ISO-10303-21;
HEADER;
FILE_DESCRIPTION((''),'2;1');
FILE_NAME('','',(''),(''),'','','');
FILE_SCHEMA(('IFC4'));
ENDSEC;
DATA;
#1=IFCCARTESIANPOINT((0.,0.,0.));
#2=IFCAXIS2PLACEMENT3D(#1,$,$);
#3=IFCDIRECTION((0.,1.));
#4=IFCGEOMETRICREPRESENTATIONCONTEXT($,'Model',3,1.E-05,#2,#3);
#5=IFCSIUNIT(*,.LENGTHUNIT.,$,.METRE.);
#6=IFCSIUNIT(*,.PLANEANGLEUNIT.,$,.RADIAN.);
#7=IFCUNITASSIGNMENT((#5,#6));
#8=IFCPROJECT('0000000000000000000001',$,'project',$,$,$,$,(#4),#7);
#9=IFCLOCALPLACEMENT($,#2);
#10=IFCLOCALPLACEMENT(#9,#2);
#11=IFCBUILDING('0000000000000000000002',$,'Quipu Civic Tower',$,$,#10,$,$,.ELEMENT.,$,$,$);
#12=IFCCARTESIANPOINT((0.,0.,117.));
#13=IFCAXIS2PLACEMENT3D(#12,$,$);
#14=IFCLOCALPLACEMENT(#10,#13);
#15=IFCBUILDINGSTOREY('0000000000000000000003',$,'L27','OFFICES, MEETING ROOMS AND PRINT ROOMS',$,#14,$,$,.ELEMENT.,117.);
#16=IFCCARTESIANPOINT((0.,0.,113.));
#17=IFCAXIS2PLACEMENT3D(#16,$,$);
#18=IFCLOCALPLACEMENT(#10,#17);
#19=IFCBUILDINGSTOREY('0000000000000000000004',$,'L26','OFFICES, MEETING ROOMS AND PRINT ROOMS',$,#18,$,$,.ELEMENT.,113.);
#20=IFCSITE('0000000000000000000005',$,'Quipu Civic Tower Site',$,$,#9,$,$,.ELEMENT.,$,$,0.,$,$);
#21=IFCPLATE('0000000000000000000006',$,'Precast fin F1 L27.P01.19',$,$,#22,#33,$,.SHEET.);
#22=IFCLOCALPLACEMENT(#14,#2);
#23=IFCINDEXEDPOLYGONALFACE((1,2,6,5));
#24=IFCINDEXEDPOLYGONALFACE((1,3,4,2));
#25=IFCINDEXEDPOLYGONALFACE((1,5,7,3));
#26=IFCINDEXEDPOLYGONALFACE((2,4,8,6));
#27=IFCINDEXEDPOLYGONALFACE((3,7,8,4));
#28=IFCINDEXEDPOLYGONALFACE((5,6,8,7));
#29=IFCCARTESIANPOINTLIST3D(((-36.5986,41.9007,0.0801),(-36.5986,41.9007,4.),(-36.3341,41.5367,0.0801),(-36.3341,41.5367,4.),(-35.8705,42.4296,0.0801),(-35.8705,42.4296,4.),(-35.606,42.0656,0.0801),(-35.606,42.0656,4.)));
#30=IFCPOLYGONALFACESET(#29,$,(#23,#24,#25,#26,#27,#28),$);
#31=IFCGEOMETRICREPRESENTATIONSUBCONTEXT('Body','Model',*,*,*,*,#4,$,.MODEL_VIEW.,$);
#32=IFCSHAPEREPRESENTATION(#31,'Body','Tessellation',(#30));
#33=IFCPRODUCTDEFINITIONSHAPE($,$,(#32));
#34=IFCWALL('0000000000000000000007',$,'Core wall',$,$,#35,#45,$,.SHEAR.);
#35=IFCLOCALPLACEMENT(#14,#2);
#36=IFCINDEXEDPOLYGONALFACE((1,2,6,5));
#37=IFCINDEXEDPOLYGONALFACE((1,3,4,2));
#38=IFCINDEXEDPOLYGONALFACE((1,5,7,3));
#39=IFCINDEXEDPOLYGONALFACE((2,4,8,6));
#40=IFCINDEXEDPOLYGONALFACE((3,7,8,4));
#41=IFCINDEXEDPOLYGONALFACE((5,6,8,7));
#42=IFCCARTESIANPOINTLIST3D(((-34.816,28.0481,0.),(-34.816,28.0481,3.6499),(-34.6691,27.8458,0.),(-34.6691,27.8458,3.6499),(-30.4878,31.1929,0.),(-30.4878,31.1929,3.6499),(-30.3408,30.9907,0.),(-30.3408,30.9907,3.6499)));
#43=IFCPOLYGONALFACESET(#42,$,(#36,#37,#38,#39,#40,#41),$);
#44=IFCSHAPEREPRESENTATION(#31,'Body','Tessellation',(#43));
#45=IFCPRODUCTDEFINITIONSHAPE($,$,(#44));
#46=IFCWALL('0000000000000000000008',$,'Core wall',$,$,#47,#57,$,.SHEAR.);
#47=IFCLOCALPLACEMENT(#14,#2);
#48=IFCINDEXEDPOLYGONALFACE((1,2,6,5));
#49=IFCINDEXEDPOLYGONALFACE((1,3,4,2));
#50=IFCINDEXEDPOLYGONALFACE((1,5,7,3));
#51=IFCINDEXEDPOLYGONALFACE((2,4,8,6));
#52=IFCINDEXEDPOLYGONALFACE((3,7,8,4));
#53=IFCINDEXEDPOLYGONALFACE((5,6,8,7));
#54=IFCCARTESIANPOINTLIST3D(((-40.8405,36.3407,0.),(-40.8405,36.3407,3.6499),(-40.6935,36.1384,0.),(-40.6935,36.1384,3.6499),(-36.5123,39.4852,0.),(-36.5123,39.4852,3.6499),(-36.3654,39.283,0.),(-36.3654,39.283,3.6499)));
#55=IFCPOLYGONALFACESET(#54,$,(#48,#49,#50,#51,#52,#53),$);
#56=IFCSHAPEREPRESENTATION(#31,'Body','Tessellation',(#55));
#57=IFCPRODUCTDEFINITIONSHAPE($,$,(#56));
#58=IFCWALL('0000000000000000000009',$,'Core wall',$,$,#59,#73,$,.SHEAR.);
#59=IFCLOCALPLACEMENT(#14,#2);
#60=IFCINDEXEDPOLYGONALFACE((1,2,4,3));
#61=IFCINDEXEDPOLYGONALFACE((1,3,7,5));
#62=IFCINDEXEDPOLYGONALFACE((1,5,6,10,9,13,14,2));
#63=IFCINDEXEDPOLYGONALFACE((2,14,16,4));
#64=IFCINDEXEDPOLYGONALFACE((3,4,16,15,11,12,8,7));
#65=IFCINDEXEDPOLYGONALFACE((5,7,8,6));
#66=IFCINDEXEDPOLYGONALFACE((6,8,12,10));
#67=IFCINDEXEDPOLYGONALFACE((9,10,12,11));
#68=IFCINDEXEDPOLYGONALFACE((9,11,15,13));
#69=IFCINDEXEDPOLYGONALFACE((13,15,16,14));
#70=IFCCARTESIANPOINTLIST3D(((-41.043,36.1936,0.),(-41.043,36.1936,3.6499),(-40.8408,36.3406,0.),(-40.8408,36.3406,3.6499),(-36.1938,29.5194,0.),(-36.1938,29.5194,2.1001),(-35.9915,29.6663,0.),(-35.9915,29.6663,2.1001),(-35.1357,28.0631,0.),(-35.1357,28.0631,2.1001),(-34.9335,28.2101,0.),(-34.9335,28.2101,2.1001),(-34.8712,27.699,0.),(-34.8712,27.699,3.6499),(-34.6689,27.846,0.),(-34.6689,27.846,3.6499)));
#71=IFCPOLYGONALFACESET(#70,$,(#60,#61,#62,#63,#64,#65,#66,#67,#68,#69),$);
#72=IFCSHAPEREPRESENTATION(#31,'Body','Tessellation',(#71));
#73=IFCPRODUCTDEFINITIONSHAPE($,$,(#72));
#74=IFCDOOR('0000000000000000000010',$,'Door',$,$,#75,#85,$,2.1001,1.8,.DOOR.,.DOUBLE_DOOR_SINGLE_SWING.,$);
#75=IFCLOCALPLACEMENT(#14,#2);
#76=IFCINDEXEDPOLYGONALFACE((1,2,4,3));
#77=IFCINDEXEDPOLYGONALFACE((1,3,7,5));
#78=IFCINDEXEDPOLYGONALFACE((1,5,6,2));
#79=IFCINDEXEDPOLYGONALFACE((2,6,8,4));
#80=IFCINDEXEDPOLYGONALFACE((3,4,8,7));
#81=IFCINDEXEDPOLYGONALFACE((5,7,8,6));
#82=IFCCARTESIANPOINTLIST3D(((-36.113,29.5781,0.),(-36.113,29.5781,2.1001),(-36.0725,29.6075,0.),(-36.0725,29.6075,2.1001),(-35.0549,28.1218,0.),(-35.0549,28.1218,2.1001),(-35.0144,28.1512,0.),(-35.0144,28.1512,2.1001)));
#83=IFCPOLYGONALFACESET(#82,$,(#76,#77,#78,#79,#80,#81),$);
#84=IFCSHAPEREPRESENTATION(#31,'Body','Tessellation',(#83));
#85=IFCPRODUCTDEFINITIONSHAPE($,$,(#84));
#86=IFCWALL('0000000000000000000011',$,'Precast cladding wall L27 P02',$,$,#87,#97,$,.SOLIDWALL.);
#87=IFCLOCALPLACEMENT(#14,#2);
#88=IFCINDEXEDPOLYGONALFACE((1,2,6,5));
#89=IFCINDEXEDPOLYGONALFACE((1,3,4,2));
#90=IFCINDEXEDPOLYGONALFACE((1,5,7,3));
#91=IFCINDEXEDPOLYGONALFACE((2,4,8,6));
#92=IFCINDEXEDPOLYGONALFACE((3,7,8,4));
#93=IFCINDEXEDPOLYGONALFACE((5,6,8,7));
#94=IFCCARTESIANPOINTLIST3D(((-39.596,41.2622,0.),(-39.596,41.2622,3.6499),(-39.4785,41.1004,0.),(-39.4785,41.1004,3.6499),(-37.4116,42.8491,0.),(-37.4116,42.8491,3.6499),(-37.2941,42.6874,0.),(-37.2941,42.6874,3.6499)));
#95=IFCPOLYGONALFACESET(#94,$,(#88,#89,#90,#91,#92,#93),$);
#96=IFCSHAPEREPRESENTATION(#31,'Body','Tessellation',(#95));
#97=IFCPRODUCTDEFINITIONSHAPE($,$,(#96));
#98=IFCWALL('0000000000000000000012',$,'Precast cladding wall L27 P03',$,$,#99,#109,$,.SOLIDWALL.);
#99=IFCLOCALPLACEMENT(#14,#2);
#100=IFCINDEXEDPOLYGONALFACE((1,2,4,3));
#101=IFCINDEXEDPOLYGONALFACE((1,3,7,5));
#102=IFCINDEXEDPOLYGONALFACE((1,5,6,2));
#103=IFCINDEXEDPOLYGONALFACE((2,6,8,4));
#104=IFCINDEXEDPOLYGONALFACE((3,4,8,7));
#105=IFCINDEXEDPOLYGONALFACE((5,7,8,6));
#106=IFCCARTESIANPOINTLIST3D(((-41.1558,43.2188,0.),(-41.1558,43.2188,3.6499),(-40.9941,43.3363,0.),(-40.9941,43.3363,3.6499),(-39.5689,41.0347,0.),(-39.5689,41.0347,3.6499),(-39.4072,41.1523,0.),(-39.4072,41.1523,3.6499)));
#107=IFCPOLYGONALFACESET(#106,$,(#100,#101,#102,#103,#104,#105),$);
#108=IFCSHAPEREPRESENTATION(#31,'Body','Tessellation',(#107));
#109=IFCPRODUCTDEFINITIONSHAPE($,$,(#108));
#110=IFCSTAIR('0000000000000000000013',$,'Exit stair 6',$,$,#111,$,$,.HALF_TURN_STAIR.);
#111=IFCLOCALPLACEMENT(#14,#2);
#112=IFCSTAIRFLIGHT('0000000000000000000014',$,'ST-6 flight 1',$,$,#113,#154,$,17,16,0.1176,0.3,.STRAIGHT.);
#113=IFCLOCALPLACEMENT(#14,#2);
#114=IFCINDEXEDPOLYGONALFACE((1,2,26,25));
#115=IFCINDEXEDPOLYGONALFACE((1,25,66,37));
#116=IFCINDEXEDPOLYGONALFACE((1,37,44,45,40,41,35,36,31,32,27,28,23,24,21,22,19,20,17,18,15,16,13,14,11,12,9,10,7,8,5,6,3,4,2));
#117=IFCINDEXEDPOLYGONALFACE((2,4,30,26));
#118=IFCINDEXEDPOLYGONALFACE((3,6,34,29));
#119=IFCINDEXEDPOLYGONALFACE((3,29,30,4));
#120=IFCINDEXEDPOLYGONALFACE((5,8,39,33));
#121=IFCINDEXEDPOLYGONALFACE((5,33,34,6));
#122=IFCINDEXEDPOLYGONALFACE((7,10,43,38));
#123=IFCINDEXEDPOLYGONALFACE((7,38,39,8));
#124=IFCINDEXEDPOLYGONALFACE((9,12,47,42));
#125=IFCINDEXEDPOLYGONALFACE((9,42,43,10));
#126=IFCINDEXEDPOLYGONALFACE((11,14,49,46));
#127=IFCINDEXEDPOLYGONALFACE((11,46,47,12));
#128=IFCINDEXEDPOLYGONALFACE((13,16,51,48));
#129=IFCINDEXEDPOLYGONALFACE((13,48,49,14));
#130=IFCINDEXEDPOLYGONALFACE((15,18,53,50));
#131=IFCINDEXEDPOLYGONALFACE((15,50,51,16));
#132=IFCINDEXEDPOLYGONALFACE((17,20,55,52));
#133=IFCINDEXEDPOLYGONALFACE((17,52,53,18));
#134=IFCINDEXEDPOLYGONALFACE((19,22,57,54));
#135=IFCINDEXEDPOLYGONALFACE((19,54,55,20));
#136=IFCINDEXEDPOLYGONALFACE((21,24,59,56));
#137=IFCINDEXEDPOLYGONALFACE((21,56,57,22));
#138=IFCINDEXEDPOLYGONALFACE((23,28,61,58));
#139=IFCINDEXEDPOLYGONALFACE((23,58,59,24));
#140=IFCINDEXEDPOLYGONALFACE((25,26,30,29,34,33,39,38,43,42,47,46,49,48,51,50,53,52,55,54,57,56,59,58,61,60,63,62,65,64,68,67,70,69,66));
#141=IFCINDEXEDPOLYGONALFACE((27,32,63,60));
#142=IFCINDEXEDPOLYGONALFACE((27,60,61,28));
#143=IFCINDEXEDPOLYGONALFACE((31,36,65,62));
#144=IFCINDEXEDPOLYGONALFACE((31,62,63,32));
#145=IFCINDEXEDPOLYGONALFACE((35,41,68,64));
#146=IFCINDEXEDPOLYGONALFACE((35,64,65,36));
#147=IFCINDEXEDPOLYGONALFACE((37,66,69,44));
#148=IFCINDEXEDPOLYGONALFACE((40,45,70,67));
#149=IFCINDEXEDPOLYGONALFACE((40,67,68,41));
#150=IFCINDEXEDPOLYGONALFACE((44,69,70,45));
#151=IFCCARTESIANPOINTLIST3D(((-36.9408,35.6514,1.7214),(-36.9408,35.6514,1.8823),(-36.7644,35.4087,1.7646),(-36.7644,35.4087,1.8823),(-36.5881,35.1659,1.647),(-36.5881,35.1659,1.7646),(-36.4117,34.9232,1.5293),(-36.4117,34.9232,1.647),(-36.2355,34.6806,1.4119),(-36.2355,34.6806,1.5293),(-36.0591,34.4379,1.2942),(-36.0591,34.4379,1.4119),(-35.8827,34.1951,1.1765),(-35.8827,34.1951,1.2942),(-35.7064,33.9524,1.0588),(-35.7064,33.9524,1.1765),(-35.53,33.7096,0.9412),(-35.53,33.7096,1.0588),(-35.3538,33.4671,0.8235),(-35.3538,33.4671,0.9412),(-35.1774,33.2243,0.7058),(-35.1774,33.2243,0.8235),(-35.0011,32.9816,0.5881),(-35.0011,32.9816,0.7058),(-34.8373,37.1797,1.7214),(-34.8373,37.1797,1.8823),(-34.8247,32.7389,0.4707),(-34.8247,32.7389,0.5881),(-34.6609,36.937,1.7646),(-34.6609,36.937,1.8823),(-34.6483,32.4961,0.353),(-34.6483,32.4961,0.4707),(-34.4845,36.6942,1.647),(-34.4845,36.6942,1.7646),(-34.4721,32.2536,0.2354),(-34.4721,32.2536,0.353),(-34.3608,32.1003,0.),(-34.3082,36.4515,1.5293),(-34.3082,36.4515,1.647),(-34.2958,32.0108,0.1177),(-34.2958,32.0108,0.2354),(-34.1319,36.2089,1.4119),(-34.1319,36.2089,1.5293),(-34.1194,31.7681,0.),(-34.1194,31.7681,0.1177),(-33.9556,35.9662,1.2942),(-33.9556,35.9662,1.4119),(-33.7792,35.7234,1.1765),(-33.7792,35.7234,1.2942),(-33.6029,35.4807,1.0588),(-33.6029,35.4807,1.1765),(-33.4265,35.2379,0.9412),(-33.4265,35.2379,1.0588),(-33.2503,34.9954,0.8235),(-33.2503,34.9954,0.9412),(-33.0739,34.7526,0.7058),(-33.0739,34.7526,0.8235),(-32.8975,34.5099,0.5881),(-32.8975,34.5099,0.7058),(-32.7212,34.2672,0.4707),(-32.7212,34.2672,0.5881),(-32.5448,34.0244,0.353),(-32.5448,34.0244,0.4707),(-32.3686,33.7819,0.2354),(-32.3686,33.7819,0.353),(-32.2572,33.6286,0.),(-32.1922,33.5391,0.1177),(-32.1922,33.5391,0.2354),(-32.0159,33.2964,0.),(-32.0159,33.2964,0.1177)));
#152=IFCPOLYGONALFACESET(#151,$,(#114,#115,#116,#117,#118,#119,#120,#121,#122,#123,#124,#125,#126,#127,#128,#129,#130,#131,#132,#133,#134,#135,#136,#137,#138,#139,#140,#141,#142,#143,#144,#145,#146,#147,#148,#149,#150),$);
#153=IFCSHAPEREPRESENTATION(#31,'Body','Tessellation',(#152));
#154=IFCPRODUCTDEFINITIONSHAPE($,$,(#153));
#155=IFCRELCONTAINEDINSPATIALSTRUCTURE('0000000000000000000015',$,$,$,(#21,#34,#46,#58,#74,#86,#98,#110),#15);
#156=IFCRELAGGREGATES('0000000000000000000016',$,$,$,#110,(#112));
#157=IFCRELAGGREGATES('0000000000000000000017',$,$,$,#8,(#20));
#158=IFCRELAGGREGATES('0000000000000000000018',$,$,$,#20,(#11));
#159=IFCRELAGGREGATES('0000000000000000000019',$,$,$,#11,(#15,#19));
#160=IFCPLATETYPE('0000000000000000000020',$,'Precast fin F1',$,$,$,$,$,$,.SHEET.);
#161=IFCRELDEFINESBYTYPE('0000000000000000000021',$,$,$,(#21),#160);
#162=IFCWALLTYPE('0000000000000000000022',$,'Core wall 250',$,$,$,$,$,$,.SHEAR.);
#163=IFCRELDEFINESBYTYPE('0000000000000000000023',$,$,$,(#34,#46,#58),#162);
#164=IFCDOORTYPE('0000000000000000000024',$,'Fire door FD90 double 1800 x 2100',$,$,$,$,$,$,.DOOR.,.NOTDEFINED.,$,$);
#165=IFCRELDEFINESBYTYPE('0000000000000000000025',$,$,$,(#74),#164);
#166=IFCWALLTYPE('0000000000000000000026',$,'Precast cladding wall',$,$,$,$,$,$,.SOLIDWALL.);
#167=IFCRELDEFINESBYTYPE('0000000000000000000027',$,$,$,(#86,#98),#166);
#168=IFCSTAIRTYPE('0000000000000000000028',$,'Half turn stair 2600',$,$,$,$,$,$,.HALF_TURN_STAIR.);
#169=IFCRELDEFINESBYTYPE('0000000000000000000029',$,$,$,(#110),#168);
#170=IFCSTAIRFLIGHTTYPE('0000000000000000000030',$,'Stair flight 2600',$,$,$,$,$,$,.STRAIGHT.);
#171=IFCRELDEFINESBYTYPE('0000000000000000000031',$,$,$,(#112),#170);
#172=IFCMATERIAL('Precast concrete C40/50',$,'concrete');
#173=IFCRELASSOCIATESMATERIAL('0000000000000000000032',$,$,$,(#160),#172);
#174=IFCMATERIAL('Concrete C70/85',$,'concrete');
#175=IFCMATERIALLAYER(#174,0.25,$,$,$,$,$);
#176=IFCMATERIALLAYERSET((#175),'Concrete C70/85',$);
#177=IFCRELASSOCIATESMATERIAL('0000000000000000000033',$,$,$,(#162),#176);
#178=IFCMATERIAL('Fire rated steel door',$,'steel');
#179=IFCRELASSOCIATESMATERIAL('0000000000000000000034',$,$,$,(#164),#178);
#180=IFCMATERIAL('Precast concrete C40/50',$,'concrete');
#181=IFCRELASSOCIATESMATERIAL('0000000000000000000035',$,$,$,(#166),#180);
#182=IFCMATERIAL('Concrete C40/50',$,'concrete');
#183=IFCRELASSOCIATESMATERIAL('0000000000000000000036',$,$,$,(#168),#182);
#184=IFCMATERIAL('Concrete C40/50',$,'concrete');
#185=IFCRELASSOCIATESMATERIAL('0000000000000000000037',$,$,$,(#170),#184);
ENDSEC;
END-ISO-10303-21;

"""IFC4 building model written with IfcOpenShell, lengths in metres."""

from ifc_helpers import new_model, si_unit, direction, frame, frame_2d, origin, origin_2d, place, context, subcontext, project, spatial, polyline, rectangle, outline, extrude, material, layer, layer_set, type_object, element, fill, aggregate, save


model = new_model("IFC4")

# Units and contexts
model_context = context("Model", 3, precision=1e-05, world=origin(), true_north=direction((0.0, 1.0)))
body_context = subcontext(model_context, "Body", "Model", "MODEL_VIEW")
ifc_project = project(units=[si_unit("LENGTHUNIT", "METRE"), si_unit("PLANEANGLEUNIT", "RADIAN")], contexts=[model_context])

# Site, building, storey
site_placement = place(None, origin())
site = spatial("IfcSite", under=ifc_project, at=site_placement, Name="Quipu Civic Tower Site", CompositionType="ELEMENT", RefElevation=0.0)
building_placement = place(site_placement, origin())
building = spatial("IfcBuilding", under=site, at=building_placement, Name="Quipu Civic Tower", CompositionType="ELEMENT")
storey_1_placement = place(building_placement, frame((0.0, 0.0, 117.0)))
storey_1 = spatial("IfcBuildingStorey", under=building, at=storey_1_placement, Name="L27", Description="OFFICES, MEETING ROOMS AND PRINT ROOMS", CompositionType="ELEMENT", Elevation=117.0)

# Shared definitions
storey_2_placement = place(building_placement, frame((0.0, 0.0, 113.0)))
storey_2 = spatial("IfcBuildingStorey", under=building, at=storey_2_placement, Name="L26", Description="OFFICES, MEETING ROOMS AND PRINT ROOMS", CompositionType="ELEMENT", Elevation=113.0)

# Plate
ifc_material_1 = material(Name="Precast concrete C40/50", Category="concrete")
plate_type_1 = type_object("IfcPlateType", Name="Precast fin F1", PredefinedType="SHEET", material=ifc_material_1)
for number, where, z_axis, x_axis, name in (
    (1, (-36.1023, 41.9832, 0.0801), (0.0, 0.0, 1.0), (-0.587785, 0.809017, 0.0), "Precast fin F1 L27.P01.19"),
):
    element("IfcPlate", number, at=place(storey_1_placement, frame(where, z_axis=z_axis, x_axis=x_axis)), inside=storey_1, type_object=plate_type_1, Name=name, PredefinedType="SHEET", context=body_context, shape_type="SweptSolid", body=[
        extrude(rectangle(XDim=0.45, YDim=0.8999, at=origin_2d()), origin(), (0.0, 0.0, 1.0), 3.9199),
    ])

# Walls
ifc_material_2 = material(Name="Concrete C70/85", Category="concrete")
ifc_layer_1 = layer(ifc_material_2, 0.25)
ifc_layer_set_1 = layer_set([ifc_layer_1], Name="Concrete C70/85")
wall_type_1 = type_object("IfcWallType", Name="Core wall 250", PredefinedType="SHEAR", material=ifc_layer_set_1)
wall_1_placement = place(storey_1_placement, frame((-30.4143, 31.0918, 0.0), z_axis=(0.0, 0.0, 1.0), x_axis=(-0.808998, -0.587811, 0.0)))
element("IfcWall", 2, at=wall_1_placement, inside=storey_1, type_object=wall_type_1, Name="Core wall", PredefinedType="SHEAR", context=body_context, shape_type="SweptSolid", body=[
    extrude(rectangle(XDim=5.3501, YDim=0.25, at=frame_2d((2.675, 0.0))), origin(), (0.0, 0.0, 1.0), 3.6499),
])
wall_2_placement = place(storey_1_placement, frame((-36.439, 39.384, 0.0), z_axis=(0.0, 0.0, 1.0), x_axis=(-0.80902, -0.587781, 0.0)))
element("IfcWall", 3, at=wall_2_placement, inside=storey_1, type_object=wall_type_1, Name="Core wall", PredefinedType="SHEAR", context=body_context, shape_type="SweptSolid", body=[
    extrude(rectangle(XDim=5.3499, YDim=0.25, at=frame_2d((2.6748, 0.0))), origin(), (0.0, 0.0, 1.0), 3.6499),
])

# Wall, opening, door
wall_3_placement = place(storey_1_placement, frame((-40.9419, 36.2671, 0.0), z_axis=(0.0, 0.0, 1.0), x_axis=(0.587796, -0.809009, 0.0)))
wall_3 = element("IfcWall", 4, at=wall_3_placement, inside=storey_1, type_object=wall_type_1, Name="Core wall", PredefinedType="SHEAR", context=body_context, shape_type="SweptSolid", body=[
    extrude(rectangle(XDim=10.5, YDim=0.25, at=frame_2d((5.25, 0.0))), origin(), (0.0, 0.0, 1.0), 3.6499),
])
opening_placement = place(wall_3_placement, frame((8.25, 0.0, 0.0)))
opening = element("IfcOpeningElement", 5, at=opening_placement, cuts=wall_3, PredefinedType="OPENING", context=body_context, shape_type="SweptSolid", body=[
    extrude(rectangle(XDim=1.8, YDim=2.1001, at=frame_2d((0.8999, 1.05))), frame((0.0, 0.135, 0.0), z_axis=(0.0, -1.0, 0.0), x_axis=(1.0, 0.0, 0.0)), (0.0, 0.0, 1.0), 0.27),
])
ifc_material_3 = material(Name="Fire rated steel door", Category="steel")
door_type = type_object("IfcDoorType", Name="Fire door FD90 double 1800 x 2100", OperationType="NOTDEFINED", PredefinedType="DOOR", material=ifc_material_3)
door_placement = place(opening_placement, origin())
door = element("IfcDoor", 6, at=door_placement, inside=storey_1, type_object=door_type, Name="Door", OperationType="DOUBLE_DOOR_SINGLE_SWING", OverallHeight=2.1001, OverallWidth=1.8, PredefinedType="DOOR", context=body_context, shape_type="SweptSolid", body=[
    extrude(rectangle(XDim=1.8, YDim=2.1001, at=frame_2d((0.8999, 1.05))), frame((0.0, 0.0249, 0.0), z_axis=(0.0, -1.0, 0.0), x_axis=(1.0, 0.0, 0.0)), (0.0, 0.0, 1.0), 0.05),
])
fill(opening, door)

# Walls
ifc_material_4 = material(Name="Precast concrete C40/50", Category="concrete")
wall_type_2 = type_object("IfcWallType", Name="Precast cladding wall", PredefinedType="SOLIDWALL", material=ifc_material_4)
wall_4_placement = place(storey_1_placement, frame((-37.3528, 42.7683, 0.0), z_axis=(0.0, 0.0, 1.0), x_axis=(-0.809033, -0.587763, 0.0)))
element("IfcWall", 7, at=wall_4_placement, inside=storey_1, type_object=wall_type_2, Name="Precast cladding wall L27 P02", PredefinedType="SOLIDWALL", context=body_context, shape_type="SweptSolid", body=[
    extrude(rectangle(XDim=2.7, YDim=0.2, at=frame_2d((1.3501, 0.0))), origin(), (0.0, 0.0, 1.0), 3.6499),
])
wall_5_placement = place(storey_1_placement, frame((-39.488, 41.0935, 0.0), z_axis=(0.0, 0.0, 1.0), x_axis=(-0.587806, 0.809002, 0.0)))
element("IfcWall", 8, at=wall_5_placement, inside=storey_1, type_object=wall_type_2, Name="Precast cladding wall L27 P03", PredefinedType="SOLIDWALL", context=body_context, shape_type="SweptSolid", body=[
    extrude(rectangle(XDim=2.6997, YDim=0.2, at=frame_2d((1.3499, 0.0))), origin(), (0.0, 0.0, 1.0), 3.6499),
])

# Stair, stair flight
ifc_material_5 = material(Name="Concrete C40/50", Category="concrete")
stair_type = type_object("IfcStairType", Name="Half turn stair 2600", PredefinedType="HALF_TURN_STAIR", material=ifc_material_5)
stair_placement = place(storey_1_placement, origin())
stair = element("IfcStair", 9, at=stair_placement, inside=storey_1, type_object=stair_type, Name="Exit stair 6", PredefinedType="HALF_TURN_STAIR")
ifc_material_6 = material(Name="Concrete C40/50", Category="concrete")
stair_flight_type = type_object("IfcStairFlightType", Name="Stair flight 2600", PredefinedType="STRAIGHT", material=ifc_material_6)
stair_flight_1_placement = place(storey_1_placement, frame((-33.0676, 32.5322, 0.0), z_axis=(0.0, 0.0, 1.0), x_axis=(-0.587785, 0.809017, 0.0)))
stair_flight_1 = element("IfcStairFlight", 10, at=stair_flight_1_placement, type_object=stair_flight_type, Name="ST-6 flight 1", NumberOfRisers=17, NumberOfTreads=16, PredefinedType="STRAIGHT", RiserHeight=0.1176, TreadLength=0.3, context=body_context, shape_type="SweptSolid", body=[
    extrude(outline(polyline([(0.0, 0.0), (0.0, 0.1177), (0.3, 0.1177), (0.3, 0.2354), (0.6001, 0.2354), (0.6001, 0.353), (0.8999, 0.353), (0.8999, 0.4707), (1.2, 0.4707), (1.2, 0.5881), (1.5, 0.5881), (1.5, 0.7058), (1.8, 0.7058), (1.8, 0.8235), (2.1001, 0.8235), (2.1001, 0.9412), (2.3999, 0.9412), (2.3999, 1.0588), (2.7, 1.0588), (2.7, 1.1765), (3.0, 1.1765), (3.0, 1.2942), (3.3, 1.2942), (3.3, 1.4119), (3.6001, 1.4119), (3.6001, 1.5293), (3.8999, 1.5293), (3.8999, 1.647), (4.2, 1.647), (4.2, 1.7646), (4.5, 1.7646), (4.5, 1.8823), (4.8, 1.8823), (4.8, 2.0), (4.8, 1.7214), (0.4106, 0.0), (0.0, 0.0)])), frame((0.0, 1.3, 0.0), z_axis=(0.0, -1.0, 0.0), x_axis=(1.0, 0.0, 0.0)), (0.0, 0.0, 1.0), 2.6001),
])
aggregate(stair, [stair_flight_1])

save(model, "model.ifc")
